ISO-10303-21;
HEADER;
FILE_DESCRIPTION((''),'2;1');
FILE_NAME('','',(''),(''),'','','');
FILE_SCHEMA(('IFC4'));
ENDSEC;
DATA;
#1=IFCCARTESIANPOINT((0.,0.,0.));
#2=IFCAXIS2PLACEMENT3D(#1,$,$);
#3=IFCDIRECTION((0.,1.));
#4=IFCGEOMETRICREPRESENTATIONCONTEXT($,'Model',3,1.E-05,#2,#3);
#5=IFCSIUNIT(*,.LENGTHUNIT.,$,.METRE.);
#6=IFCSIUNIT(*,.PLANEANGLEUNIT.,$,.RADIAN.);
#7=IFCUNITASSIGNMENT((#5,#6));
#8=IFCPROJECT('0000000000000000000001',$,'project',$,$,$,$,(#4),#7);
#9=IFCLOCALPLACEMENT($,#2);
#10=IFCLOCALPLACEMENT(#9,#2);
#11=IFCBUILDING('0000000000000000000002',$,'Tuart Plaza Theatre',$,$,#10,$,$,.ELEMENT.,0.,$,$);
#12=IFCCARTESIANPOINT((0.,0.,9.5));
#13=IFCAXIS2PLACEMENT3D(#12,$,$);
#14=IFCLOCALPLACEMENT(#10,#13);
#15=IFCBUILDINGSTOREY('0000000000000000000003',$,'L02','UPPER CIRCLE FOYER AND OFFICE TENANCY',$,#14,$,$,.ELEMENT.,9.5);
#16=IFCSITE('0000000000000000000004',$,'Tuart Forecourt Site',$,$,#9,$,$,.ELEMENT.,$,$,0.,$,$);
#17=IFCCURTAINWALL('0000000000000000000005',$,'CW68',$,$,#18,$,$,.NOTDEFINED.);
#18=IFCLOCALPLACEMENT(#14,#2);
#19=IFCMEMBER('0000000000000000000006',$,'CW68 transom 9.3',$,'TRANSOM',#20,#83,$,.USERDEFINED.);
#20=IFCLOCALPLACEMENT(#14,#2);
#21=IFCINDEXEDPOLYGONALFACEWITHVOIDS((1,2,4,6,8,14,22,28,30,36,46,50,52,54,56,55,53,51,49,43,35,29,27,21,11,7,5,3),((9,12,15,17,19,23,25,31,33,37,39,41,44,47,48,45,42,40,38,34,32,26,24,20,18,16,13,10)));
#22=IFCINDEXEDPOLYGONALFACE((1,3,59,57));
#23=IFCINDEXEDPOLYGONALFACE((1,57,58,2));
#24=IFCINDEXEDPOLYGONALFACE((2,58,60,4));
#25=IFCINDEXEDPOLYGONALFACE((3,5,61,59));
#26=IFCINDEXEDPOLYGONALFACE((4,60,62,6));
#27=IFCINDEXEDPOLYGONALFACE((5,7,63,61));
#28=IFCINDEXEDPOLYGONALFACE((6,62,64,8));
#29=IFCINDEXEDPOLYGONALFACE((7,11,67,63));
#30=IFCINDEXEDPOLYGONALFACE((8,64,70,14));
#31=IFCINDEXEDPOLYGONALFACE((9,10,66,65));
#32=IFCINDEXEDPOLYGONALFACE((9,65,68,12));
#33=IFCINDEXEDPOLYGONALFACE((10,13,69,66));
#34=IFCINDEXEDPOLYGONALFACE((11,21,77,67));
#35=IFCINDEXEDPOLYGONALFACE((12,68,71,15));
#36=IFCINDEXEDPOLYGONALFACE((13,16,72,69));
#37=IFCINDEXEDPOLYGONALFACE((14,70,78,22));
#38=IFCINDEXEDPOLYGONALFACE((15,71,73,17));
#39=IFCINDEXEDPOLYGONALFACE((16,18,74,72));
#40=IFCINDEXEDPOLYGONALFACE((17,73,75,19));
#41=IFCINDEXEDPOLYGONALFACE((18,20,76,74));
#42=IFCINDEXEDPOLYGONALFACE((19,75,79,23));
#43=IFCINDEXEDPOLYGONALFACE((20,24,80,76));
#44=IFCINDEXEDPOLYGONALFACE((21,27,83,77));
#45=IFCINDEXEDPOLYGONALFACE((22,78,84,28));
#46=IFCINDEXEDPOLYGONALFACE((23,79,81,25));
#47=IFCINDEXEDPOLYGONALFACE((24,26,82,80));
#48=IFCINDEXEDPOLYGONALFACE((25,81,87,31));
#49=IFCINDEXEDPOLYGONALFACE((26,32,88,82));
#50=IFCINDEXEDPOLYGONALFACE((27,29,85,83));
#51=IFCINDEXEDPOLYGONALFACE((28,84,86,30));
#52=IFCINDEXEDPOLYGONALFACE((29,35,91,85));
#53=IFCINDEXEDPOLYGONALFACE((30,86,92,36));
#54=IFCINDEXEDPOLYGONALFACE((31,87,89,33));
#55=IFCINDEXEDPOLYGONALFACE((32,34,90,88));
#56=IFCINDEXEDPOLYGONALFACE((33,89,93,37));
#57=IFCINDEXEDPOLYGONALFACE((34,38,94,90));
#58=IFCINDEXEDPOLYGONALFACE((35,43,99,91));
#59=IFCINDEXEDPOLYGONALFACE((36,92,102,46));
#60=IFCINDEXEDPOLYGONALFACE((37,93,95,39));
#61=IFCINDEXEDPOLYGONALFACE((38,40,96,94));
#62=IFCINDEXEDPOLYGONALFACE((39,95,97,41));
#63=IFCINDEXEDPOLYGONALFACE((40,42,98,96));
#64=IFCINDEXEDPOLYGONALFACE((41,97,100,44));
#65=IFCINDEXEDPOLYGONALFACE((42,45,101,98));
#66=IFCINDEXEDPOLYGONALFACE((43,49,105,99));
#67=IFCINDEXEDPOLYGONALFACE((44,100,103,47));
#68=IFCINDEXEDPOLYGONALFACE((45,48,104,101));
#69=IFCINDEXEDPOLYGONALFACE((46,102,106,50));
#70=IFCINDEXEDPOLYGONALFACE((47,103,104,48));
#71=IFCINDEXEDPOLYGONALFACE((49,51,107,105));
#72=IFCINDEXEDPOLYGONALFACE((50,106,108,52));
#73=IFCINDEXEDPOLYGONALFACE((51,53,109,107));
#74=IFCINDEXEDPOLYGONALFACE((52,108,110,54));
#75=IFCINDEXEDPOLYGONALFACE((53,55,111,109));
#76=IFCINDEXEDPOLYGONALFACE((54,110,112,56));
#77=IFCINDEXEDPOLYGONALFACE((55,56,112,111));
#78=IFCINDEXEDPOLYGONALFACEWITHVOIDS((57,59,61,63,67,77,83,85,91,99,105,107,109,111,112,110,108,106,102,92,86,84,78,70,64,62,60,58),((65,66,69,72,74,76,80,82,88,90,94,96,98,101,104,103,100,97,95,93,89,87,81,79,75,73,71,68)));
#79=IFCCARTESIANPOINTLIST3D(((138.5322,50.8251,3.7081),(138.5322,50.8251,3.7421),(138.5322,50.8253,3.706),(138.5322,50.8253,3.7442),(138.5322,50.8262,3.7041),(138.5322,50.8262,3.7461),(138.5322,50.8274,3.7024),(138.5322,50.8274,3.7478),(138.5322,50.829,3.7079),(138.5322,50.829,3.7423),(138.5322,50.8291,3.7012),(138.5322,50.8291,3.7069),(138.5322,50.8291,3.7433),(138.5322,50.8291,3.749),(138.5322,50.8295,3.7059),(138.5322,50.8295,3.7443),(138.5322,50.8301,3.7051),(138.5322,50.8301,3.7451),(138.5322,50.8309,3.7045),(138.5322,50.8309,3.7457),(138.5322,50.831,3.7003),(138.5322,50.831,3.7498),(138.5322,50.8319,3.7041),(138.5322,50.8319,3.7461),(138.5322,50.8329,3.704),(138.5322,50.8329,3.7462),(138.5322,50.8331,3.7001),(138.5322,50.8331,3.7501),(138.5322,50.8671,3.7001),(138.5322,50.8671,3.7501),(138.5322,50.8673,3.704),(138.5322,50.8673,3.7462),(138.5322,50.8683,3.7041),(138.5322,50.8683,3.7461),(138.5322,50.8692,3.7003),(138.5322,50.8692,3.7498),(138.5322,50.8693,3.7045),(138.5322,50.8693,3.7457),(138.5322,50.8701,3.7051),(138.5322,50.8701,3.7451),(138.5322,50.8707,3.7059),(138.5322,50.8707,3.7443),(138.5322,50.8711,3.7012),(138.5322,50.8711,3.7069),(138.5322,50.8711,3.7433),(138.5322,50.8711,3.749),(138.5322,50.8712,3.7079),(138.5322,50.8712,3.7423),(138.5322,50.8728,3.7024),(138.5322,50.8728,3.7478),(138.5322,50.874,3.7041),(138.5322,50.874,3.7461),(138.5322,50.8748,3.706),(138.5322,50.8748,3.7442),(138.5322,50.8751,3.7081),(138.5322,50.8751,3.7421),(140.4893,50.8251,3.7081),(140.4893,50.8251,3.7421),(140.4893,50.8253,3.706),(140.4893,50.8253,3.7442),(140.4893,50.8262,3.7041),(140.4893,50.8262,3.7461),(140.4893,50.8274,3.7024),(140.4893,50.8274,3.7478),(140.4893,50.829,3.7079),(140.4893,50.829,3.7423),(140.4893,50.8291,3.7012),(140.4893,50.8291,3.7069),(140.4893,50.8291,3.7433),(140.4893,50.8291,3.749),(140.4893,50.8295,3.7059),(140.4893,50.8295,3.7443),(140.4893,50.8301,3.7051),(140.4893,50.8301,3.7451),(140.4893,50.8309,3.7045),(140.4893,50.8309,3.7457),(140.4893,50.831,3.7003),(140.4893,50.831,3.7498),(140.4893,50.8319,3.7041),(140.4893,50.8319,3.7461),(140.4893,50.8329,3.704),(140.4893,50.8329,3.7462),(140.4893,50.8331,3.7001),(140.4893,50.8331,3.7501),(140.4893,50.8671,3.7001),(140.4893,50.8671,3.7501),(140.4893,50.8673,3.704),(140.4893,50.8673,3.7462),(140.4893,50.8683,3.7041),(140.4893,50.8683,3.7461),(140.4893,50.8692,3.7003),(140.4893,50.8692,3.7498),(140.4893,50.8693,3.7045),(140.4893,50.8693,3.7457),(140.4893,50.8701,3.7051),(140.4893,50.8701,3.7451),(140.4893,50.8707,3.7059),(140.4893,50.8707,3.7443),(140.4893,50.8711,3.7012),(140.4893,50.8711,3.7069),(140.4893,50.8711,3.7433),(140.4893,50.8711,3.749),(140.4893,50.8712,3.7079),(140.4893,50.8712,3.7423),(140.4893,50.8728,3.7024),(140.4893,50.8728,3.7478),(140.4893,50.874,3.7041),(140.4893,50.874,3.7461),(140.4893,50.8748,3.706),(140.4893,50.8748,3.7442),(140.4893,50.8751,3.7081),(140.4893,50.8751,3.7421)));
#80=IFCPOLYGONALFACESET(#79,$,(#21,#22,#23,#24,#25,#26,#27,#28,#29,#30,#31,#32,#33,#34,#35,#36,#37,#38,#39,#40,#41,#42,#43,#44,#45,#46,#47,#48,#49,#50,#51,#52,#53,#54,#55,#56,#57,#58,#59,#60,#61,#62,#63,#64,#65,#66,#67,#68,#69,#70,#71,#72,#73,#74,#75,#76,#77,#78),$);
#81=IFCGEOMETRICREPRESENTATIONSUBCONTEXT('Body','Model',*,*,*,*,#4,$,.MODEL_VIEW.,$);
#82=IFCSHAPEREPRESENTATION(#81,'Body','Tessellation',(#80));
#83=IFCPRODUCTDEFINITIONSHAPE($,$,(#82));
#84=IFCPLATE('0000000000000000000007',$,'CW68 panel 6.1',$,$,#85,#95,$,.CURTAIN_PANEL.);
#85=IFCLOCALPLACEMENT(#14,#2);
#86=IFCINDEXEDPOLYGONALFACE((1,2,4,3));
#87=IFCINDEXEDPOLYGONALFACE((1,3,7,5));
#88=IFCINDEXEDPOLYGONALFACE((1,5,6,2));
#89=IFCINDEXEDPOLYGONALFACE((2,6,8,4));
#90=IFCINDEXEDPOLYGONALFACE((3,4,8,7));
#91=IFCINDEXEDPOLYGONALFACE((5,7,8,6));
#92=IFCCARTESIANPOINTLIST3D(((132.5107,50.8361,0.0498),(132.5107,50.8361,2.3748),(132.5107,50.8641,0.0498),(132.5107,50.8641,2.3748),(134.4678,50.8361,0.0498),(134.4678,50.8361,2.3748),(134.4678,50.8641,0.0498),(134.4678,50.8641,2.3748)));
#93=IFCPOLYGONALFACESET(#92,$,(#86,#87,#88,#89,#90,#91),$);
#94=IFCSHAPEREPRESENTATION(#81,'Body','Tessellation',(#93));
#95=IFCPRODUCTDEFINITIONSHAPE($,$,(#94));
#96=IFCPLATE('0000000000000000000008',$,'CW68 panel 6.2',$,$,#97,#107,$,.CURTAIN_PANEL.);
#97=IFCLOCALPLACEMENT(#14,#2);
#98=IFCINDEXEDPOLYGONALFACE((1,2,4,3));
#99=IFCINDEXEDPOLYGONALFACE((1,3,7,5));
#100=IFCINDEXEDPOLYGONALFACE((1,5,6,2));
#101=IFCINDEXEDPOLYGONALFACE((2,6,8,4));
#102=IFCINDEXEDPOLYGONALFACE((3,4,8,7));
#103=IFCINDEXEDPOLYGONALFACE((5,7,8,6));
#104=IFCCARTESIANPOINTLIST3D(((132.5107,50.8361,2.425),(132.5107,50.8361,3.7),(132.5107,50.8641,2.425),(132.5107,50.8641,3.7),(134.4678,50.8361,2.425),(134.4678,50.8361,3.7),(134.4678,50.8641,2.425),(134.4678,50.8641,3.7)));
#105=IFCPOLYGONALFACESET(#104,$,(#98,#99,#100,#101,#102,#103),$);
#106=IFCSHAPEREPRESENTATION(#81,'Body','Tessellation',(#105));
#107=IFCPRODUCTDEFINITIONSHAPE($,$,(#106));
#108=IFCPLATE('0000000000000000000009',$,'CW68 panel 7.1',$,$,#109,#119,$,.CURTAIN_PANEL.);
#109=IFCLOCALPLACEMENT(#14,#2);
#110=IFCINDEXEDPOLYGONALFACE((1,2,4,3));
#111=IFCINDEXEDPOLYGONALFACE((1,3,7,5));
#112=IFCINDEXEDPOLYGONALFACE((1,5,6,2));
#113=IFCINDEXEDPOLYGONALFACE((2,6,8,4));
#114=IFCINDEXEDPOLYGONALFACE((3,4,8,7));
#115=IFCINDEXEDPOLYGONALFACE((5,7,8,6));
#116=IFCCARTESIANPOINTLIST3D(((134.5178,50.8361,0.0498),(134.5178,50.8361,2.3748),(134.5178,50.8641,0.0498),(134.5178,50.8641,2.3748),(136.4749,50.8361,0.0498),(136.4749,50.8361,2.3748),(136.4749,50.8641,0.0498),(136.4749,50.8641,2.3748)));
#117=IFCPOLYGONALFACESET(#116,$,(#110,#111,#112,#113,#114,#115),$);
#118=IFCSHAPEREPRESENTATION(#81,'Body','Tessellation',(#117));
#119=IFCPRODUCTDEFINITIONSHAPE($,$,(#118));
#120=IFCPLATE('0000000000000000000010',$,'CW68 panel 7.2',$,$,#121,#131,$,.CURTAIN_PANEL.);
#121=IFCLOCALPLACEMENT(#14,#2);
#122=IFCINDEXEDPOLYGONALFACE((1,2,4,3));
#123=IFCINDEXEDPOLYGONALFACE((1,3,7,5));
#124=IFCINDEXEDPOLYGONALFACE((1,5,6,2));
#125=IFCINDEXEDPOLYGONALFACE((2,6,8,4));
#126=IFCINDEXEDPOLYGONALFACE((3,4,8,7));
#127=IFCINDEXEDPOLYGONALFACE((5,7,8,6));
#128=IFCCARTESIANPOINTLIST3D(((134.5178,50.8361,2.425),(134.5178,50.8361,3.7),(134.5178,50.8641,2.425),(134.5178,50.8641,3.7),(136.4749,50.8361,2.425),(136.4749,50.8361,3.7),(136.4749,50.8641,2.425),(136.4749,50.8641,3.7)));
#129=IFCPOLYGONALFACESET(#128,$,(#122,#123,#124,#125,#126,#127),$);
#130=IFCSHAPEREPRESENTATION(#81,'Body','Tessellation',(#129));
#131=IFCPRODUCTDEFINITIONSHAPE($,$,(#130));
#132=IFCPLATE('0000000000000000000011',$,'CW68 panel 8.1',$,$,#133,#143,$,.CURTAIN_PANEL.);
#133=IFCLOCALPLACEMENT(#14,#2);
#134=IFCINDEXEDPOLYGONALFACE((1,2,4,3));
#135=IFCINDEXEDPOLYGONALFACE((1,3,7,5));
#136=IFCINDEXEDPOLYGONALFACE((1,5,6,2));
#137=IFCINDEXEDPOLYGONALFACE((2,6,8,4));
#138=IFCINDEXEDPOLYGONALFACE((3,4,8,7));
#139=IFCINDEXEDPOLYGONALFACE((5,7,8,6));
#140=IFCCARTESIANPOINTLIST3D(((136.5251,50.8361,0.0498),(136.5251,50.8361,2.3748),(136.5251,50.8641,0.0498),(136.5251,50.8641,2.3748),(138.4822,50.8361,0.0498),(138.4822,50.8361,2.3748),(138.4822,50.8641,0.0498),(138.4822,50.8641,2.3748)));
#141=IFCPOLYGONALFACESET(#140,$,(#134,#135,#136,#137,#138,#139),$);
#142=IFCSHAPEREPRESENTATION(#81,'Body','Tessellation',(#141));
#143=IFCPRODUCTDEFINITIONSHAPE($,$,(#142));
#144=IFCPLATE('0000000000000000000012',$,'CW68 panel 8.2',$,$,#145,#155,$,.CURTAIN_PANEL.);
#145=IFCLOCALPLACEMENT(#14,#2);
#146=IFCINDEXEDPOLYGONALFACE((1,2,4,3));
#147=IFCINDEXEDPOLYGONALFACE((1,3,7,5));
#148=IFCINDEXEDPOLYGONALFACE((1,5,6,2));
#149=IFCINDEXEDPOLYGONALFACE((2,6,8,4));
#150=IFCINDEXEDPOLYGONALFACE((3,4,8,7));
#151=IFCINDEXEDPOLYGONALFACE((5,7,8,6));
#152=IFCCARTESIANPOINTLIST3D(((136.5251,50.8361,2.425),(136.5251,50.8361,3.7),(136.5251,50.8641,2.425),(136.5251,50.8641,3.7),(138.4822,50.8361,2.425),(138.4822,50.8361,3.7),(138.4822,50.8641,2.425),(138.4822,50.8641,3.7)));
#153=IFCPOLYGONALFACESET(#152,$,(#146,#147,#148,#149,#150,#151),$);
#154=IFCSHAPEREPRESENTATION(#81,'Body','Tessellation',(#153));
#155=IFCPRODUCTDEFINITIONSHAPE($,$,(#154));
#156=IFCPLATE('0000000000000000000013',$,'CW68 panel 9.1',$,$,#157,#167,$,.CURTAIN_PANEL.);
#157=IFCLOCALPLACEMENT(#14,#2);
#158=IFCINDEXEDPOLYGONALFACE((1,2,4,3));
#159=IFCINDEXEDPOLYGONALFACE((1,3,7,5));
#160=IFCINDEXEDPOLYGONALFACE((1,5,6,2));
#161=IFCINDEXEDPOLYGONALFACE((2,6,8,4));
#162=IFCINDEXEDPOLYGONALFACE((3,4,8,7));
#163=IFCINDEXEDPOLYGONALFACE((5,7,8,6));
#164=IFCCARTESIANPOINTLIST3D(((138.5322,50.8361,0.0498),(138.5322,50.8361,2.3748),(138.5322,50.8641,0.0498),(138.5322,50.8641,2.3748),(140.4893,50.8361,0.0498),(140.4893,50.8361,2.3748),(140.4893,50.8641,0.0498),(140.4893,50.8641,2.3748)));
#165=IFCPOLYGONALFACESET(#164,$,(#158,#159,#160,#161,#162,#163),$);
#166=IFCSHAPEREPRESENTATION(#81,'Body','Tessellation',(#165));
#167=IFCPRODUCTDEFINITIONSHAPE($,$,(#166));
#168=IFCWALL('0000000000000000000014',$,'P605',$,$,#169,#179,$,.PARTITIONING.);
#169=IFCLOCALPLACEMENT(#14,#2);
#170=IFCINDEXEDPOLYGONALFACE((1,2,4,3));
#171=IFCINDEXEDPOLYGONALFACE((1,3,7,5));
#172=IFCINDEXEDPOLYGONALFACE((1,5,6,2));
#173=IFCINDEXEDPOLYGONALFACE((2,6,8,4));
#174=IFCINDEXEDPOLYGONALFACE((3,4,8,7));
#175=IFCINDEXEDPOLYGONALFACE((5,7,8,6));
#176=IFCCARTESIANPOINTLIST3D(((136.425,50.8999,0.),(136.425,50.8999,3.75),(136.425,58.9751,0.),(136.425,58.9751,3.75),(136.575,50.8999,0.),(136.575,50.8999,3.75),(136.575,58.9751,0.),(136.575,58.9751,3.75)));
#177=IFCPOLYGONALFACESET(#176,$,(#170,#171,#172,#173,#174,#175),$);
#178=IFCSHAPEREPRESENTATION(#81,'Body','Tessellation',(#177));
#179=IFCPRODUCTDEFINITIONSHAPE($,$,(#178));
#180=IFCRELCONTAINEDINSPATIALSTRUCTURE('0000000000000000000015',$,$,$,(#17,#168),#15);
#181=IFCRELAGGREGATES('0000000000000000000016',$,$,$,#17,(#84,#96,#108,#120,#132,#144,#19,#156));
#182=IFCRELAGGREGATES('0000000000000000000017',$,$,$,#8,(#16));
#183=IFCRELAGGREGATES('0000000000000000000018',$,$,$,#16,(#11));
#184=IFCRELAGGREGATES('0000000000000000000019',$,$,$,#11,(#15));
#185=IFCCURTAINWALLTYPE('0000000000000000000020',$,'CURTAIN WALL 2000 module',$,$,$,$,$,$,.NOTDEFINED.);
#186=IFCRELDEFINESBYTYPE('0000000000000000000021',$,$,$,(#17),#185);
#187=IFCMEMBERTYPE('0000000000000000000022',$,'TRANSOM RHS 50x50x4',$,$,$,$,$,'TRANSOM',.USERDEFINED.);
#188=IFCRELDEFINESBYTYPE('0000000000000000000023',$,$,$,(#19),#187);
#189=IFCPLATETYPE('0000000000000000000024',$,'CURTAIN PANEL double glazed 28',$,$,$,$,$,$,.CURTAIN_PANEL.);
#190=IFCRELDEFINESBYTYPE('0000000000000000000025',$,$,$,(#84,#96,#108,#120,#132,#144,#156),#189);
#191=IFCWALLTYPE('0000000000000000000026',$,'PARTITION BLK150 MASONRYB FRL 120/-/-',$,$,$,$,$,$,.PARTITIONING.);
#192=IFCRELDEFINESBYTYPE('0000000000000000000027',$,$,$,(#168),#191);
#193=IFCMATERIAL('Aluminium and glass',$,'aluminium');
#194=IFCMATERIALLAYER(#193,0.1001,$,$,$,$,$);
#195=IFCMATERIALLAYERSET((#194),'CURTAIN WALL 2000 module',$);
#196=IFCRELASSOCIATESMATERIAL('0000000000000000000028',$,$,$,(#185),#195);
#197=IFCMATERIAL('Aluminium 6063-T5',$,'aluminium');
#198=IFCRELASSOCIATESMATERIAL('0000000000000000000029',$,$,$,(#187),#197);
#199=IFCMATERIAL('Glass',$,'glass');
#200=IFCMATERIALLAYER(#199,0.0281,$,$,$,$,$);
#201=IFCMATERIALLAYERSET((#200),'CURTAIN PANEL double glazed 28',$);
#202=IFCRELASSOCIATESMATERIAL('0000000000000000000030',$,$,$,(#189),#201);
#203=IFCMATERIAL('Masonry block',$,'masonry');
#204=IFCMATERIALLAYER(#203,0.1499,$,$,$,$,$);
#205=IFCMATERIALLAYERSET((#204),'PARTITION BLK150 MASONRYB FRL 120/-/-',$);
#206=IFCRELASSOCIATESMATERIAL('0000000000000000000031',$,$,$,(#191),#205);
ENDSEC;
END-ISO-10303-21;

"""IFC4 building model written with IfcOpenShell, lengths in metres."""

from ifc_helpers import new_model, si_unit, direction, frame, frame_2d, origin, origin_2d, place, context, subcontext, project, spatial, rectangle, hollow_rectangle, extrude, material, layer, layer_set, material_profile, profile_set, type_object, element, aggregate, save


model = new_model("IFC4")

# Units and contexts
model_context = context("Model", 3, precision=1e-05, world=origin(), true_north=direction((0.0, 1.0)))
body_context = subcontext(model_context, "Body", "Model", "MODEL_VIEW")
ifc_project = project(units=[si_unit("LENGTHUNIT", "METRE"), si_unit("PLANEANGLEUNIT", "RADIAN")], contexts=[model_context])

# Site, building, storey
site_placement = place(None, origin())
site = spatial("IfcSite", under=ifc_project, at=site_placement, Name="Tuart Forecourt Site", CompositionType="ELEMENT", RefElevation=0.0)
building_placement = place(site_placement, origin())
building = spatial("IfcBuilding", under=site, at=building_placement, Name="Tuart Plaza Theatre", CompositionType="ELEMENT", ElevationOfRefHeight=0.0)
storey_placement = place(building_placement, frame((0.0, 0.0, 9.5)))
storey = spatial("IfcBuildingStorey", under=building, at=storey_placement, Name="L02", Description="UPPER CIRCLE FOYER AND OFFICE TENANCY", CompositionType="ELEMENT", Elevation=9.5)

# Curtain wall, member, plates
ifc_material_1 = material(Name="Aluminium and glass", Category="aluminium")
ifc_layer_1 = layer(ifc_material_1, 0.1001)
ifc_layer_set_1 = layer_set([ifc_layer_1], Name="CURTAIN WALL 2000 module")
curtain_wall_type = type_object("IfcCurtainWallType", Name="CURTAIN WALL 2000 module", PredefinedType="NOTDEFINED", material=ifc_layer_set_1)
curtain_wall_placement = place(storey_placement, origin())
curtain_wall = element("IfcCurtainWall", 1, at=curtain_wall_placement, inside=storey, type_object=curtain_wall_type, Name="CW68", PredefinedType="NOTDEFINED")
ifc_material_2 = material(Name="Aluminium 6063-T5", Category="aluminium")
ifc_material_profile_1 = material_profile(ifc_material_2, hollow_rectangle(XDim=0.05, YDim=0.05, WallThickness=0.0039, InnerFilletRadius=0.0039, OuterFilletRadius=0.0081, at=origin_2d()), Name="RHS 50x50x4")
ifc_profile_set_1 = profile_set([ifc_material_profile_1], Name="Aluminium 6063-T5")
member_type_1 = type_object("IfcMemberType", Name="TRANSOM RHS 50x50x4", ElementType="TRANSOM", PredefinedType="USERDEFINED", material=ifc_profile_set_1)
member_1_placement = place(storey_placement, frame((138.5322, 50.8501, 3.7251), z_axis=(1.0, 0.0, 0.0), x_axis=(0.0, 1.0, 0.0)))
member_1 = element("IfcMember", 2, at=member_1_placement, type_object=member_type_1, Name="CW68 transom 9.3", ObjectType="TRANSOM", PredefinedType="USERDEFINED", context=body_context, shape_type="SweptSolid", body=[
    extrude(hollow_rectangle(XDim=0.05, YDim=0.05, WallThickness=0.0039, InnerFilletRadius=0.0039, OuterFilletRadius=0.0081, at=origin_2d()), origin(), (0.0, 0.0, 1.0), 1.957),
])
ifc_material_3 = material(Name="Glass", Category="glass")
ifc_layer_2 = layer(ifc_material_3, 0.0281)
ifc_layer_set_2 = layer_set([ifc_layer_2], Name="CURTAIN PANEL double glazed 28")
plate_type = type_object("IfcPlateType", Name="CURTAIN PANEL double glazed 28", PredefinedType="CURTAIN_PANEL", material=ifc_layer_set_2)
plate_1_placement = place(storey_placement, frame((133.4893, 50.8501, 0.0498), z_axis=(0.0, 0.0, 1.0), x_axis=(1.0, 0.0, 0.0)))
plate_1 = element("IfcPlate", 3, at=plate_1_placement, type_object=plate_type, Name="CW68 panel 6.1", PredefinedType="CURTAIN_PANEL", context=body_context, shape_type="SweptSolid", body=[
    extrude(rectangle(XDim=1.957, YDim=0.0281, at=origin_2d()), origin(), (0.0, 0.0, 1.0), 2.325),
])
plate_2_placement = place(storey_placement, frame((133.4893, 50.8501, 2.425), z_axis=(0.0, 0.0, 1.0), x_axis=(1.0, 0.0, 0.0)))
plate_2 = element("IfcPlate", 4, at=plate_2_placement, type_object=plate_type, Name="CW68 panel 6.2", PredefinedType="CURTAIN_PANEL", context=body_context, shape_type="SweptSolid", body=[
    extrude(rectangle(XDim=1.957, YDim=0.0281, at=origin_2d()), origin(), (0.0, 0.0, 1.0), 1.2749),
])
plate_3_placement = place(storey_placement, frame((135.4963, 50.8501, 0.0498), z_axis=(0.0, 0.0, 1.0), x_axis=(1.0, 0.0, 0.0)))
plate_3 = element("IfcPlate", 5, at=plate_3_placement, type_object=plate_type, Name="CW68 panel 7.1", PredefinedType="CURTAIN_PANEL", context=body_context, shape_type="SweptSolid", body=[
    extrude(rectangle(XDim=1.957, YDim=0.0281, at=origin_2d()), origin(), (0.0, 0.0, 1.0), 2.325),
])
plate_4_placement = place(storey_placement, frame((135.4963, 50.8501, 2.425), z_axis=(0.0, 0.0, 1.0), x_axis=(1.0, 0.0, 0.0)))
plate_4 = element("IfcPlate", 6, at=plate_4_placement, type_object=plate_type, Name="CW68 panel 7.2", PredefinedType="CURTAIN_PANEL", context=body_context, shape_type="SweptSolid", body=[
    extrude(rectangle(XDim=1.957, YDim=0.0281, at=origin_2d()), origin(), (0.0, 0.0, 1.0), 1.2749),
])
plate_5_placement = place(storey_placement, frame((137.5037, 50.8501, 0.0498), z_axis=(0.0, 0.0, 1.0), x_axis=(1.0, 0.0, 0.0)))
plate_5 = element("IfcPlate", 7, at=plate_5_placement, type_object=plate_type, Name="CW68 panel 8.1", PredefinedType="CURTAIN_PANEL", context=body_context, shape_type="SweptSolid", body=[
    extrude(rectangle(XDim=1.957, YDim=0.0281, at=origin_2d()), origin(), (0.0, 0.0, 1.0), 2.325),
])
plate_6_placement = place(storey_placement, frame((137.5037, 50.8501, 2.425), z_axis=(0.0, 0.0, 1.0), x_axis=(1.0, 0.0, 0.0)))
plate_6 = element("IfcPlate", 8, at=plate_6_placement, type_object=plate_type, Name="CW68 panel 8.2", PredefinedType="CURTAIN_PANEL", context=body_context, shape_type="SweptSolid", body=[
    extrude(rectangle(XDim=1.957, YDim=0.0281, at=origin_2d()), origin(), (0.0, 0.0, 1.0), 1.2749),
])
plate_7_placement = place(storey_placement, frame((139.5107, 50.8501, 0.0498), z_axis=(0.0, 0.0, 1.0), x_axis=(1.0, 0.0, 0.0)))
plate_7 = element("IfcPlate", 9, at=plate_7_placement, type_object=plate_type, Name="CW68 panel 9.1", PredefinedType="CURTAIN_PANEL", context=body_context, shape_type="SweptSolid", body=[
    extrude(rectangle(XDim=1.957, YDim=0.0281, at=origin_2d()), origin(), (0.0, 0.0, 1.0), 2.325),
])
aggregate(curtain_wall, [plate_1, plate_2, plate_3, plate_4, plate_5, plate_6, member_1, plate_7])

# Wall
ifc_material_4 = material(Name="Masonry block", Category="masonry")
ifc_layer_3 = layer(ifc_material_4, 0.1499)
ifc_layer_set_3 = layer_set([ifc_layer_3], Name="PARTITION BLK150 MASONRYB FRL 120/-/-")
wall_type = type_object("IfcWallType", Name="PARTITION BLK150 MASONRYB FRL 120/-/-", PredefinedType="PARTITIONING", material=ifc_layer_set_3)
wall_placement = place(storey_placement, frame((136.5, 50.8999, 0.0), z_axis=(0.0, 0.0, 1.0), x_axis=(0.0, 1.0, 0.0)))
element("IfcWall", 10, at=wall_placement, inside=storey, type_object=wall_type, Name="P605", PredefinedType="PARTITIONING", context=body_context, shape_type="SweptSolid", body=[
    extrude(rectangle(XDim=8.0752, YDim=0.1499, at=frame_2d((4.0376, 0.0))), origin(), (0.0, 0.0, 1.0), 3.75),
])

save(model, "model.ifc")
